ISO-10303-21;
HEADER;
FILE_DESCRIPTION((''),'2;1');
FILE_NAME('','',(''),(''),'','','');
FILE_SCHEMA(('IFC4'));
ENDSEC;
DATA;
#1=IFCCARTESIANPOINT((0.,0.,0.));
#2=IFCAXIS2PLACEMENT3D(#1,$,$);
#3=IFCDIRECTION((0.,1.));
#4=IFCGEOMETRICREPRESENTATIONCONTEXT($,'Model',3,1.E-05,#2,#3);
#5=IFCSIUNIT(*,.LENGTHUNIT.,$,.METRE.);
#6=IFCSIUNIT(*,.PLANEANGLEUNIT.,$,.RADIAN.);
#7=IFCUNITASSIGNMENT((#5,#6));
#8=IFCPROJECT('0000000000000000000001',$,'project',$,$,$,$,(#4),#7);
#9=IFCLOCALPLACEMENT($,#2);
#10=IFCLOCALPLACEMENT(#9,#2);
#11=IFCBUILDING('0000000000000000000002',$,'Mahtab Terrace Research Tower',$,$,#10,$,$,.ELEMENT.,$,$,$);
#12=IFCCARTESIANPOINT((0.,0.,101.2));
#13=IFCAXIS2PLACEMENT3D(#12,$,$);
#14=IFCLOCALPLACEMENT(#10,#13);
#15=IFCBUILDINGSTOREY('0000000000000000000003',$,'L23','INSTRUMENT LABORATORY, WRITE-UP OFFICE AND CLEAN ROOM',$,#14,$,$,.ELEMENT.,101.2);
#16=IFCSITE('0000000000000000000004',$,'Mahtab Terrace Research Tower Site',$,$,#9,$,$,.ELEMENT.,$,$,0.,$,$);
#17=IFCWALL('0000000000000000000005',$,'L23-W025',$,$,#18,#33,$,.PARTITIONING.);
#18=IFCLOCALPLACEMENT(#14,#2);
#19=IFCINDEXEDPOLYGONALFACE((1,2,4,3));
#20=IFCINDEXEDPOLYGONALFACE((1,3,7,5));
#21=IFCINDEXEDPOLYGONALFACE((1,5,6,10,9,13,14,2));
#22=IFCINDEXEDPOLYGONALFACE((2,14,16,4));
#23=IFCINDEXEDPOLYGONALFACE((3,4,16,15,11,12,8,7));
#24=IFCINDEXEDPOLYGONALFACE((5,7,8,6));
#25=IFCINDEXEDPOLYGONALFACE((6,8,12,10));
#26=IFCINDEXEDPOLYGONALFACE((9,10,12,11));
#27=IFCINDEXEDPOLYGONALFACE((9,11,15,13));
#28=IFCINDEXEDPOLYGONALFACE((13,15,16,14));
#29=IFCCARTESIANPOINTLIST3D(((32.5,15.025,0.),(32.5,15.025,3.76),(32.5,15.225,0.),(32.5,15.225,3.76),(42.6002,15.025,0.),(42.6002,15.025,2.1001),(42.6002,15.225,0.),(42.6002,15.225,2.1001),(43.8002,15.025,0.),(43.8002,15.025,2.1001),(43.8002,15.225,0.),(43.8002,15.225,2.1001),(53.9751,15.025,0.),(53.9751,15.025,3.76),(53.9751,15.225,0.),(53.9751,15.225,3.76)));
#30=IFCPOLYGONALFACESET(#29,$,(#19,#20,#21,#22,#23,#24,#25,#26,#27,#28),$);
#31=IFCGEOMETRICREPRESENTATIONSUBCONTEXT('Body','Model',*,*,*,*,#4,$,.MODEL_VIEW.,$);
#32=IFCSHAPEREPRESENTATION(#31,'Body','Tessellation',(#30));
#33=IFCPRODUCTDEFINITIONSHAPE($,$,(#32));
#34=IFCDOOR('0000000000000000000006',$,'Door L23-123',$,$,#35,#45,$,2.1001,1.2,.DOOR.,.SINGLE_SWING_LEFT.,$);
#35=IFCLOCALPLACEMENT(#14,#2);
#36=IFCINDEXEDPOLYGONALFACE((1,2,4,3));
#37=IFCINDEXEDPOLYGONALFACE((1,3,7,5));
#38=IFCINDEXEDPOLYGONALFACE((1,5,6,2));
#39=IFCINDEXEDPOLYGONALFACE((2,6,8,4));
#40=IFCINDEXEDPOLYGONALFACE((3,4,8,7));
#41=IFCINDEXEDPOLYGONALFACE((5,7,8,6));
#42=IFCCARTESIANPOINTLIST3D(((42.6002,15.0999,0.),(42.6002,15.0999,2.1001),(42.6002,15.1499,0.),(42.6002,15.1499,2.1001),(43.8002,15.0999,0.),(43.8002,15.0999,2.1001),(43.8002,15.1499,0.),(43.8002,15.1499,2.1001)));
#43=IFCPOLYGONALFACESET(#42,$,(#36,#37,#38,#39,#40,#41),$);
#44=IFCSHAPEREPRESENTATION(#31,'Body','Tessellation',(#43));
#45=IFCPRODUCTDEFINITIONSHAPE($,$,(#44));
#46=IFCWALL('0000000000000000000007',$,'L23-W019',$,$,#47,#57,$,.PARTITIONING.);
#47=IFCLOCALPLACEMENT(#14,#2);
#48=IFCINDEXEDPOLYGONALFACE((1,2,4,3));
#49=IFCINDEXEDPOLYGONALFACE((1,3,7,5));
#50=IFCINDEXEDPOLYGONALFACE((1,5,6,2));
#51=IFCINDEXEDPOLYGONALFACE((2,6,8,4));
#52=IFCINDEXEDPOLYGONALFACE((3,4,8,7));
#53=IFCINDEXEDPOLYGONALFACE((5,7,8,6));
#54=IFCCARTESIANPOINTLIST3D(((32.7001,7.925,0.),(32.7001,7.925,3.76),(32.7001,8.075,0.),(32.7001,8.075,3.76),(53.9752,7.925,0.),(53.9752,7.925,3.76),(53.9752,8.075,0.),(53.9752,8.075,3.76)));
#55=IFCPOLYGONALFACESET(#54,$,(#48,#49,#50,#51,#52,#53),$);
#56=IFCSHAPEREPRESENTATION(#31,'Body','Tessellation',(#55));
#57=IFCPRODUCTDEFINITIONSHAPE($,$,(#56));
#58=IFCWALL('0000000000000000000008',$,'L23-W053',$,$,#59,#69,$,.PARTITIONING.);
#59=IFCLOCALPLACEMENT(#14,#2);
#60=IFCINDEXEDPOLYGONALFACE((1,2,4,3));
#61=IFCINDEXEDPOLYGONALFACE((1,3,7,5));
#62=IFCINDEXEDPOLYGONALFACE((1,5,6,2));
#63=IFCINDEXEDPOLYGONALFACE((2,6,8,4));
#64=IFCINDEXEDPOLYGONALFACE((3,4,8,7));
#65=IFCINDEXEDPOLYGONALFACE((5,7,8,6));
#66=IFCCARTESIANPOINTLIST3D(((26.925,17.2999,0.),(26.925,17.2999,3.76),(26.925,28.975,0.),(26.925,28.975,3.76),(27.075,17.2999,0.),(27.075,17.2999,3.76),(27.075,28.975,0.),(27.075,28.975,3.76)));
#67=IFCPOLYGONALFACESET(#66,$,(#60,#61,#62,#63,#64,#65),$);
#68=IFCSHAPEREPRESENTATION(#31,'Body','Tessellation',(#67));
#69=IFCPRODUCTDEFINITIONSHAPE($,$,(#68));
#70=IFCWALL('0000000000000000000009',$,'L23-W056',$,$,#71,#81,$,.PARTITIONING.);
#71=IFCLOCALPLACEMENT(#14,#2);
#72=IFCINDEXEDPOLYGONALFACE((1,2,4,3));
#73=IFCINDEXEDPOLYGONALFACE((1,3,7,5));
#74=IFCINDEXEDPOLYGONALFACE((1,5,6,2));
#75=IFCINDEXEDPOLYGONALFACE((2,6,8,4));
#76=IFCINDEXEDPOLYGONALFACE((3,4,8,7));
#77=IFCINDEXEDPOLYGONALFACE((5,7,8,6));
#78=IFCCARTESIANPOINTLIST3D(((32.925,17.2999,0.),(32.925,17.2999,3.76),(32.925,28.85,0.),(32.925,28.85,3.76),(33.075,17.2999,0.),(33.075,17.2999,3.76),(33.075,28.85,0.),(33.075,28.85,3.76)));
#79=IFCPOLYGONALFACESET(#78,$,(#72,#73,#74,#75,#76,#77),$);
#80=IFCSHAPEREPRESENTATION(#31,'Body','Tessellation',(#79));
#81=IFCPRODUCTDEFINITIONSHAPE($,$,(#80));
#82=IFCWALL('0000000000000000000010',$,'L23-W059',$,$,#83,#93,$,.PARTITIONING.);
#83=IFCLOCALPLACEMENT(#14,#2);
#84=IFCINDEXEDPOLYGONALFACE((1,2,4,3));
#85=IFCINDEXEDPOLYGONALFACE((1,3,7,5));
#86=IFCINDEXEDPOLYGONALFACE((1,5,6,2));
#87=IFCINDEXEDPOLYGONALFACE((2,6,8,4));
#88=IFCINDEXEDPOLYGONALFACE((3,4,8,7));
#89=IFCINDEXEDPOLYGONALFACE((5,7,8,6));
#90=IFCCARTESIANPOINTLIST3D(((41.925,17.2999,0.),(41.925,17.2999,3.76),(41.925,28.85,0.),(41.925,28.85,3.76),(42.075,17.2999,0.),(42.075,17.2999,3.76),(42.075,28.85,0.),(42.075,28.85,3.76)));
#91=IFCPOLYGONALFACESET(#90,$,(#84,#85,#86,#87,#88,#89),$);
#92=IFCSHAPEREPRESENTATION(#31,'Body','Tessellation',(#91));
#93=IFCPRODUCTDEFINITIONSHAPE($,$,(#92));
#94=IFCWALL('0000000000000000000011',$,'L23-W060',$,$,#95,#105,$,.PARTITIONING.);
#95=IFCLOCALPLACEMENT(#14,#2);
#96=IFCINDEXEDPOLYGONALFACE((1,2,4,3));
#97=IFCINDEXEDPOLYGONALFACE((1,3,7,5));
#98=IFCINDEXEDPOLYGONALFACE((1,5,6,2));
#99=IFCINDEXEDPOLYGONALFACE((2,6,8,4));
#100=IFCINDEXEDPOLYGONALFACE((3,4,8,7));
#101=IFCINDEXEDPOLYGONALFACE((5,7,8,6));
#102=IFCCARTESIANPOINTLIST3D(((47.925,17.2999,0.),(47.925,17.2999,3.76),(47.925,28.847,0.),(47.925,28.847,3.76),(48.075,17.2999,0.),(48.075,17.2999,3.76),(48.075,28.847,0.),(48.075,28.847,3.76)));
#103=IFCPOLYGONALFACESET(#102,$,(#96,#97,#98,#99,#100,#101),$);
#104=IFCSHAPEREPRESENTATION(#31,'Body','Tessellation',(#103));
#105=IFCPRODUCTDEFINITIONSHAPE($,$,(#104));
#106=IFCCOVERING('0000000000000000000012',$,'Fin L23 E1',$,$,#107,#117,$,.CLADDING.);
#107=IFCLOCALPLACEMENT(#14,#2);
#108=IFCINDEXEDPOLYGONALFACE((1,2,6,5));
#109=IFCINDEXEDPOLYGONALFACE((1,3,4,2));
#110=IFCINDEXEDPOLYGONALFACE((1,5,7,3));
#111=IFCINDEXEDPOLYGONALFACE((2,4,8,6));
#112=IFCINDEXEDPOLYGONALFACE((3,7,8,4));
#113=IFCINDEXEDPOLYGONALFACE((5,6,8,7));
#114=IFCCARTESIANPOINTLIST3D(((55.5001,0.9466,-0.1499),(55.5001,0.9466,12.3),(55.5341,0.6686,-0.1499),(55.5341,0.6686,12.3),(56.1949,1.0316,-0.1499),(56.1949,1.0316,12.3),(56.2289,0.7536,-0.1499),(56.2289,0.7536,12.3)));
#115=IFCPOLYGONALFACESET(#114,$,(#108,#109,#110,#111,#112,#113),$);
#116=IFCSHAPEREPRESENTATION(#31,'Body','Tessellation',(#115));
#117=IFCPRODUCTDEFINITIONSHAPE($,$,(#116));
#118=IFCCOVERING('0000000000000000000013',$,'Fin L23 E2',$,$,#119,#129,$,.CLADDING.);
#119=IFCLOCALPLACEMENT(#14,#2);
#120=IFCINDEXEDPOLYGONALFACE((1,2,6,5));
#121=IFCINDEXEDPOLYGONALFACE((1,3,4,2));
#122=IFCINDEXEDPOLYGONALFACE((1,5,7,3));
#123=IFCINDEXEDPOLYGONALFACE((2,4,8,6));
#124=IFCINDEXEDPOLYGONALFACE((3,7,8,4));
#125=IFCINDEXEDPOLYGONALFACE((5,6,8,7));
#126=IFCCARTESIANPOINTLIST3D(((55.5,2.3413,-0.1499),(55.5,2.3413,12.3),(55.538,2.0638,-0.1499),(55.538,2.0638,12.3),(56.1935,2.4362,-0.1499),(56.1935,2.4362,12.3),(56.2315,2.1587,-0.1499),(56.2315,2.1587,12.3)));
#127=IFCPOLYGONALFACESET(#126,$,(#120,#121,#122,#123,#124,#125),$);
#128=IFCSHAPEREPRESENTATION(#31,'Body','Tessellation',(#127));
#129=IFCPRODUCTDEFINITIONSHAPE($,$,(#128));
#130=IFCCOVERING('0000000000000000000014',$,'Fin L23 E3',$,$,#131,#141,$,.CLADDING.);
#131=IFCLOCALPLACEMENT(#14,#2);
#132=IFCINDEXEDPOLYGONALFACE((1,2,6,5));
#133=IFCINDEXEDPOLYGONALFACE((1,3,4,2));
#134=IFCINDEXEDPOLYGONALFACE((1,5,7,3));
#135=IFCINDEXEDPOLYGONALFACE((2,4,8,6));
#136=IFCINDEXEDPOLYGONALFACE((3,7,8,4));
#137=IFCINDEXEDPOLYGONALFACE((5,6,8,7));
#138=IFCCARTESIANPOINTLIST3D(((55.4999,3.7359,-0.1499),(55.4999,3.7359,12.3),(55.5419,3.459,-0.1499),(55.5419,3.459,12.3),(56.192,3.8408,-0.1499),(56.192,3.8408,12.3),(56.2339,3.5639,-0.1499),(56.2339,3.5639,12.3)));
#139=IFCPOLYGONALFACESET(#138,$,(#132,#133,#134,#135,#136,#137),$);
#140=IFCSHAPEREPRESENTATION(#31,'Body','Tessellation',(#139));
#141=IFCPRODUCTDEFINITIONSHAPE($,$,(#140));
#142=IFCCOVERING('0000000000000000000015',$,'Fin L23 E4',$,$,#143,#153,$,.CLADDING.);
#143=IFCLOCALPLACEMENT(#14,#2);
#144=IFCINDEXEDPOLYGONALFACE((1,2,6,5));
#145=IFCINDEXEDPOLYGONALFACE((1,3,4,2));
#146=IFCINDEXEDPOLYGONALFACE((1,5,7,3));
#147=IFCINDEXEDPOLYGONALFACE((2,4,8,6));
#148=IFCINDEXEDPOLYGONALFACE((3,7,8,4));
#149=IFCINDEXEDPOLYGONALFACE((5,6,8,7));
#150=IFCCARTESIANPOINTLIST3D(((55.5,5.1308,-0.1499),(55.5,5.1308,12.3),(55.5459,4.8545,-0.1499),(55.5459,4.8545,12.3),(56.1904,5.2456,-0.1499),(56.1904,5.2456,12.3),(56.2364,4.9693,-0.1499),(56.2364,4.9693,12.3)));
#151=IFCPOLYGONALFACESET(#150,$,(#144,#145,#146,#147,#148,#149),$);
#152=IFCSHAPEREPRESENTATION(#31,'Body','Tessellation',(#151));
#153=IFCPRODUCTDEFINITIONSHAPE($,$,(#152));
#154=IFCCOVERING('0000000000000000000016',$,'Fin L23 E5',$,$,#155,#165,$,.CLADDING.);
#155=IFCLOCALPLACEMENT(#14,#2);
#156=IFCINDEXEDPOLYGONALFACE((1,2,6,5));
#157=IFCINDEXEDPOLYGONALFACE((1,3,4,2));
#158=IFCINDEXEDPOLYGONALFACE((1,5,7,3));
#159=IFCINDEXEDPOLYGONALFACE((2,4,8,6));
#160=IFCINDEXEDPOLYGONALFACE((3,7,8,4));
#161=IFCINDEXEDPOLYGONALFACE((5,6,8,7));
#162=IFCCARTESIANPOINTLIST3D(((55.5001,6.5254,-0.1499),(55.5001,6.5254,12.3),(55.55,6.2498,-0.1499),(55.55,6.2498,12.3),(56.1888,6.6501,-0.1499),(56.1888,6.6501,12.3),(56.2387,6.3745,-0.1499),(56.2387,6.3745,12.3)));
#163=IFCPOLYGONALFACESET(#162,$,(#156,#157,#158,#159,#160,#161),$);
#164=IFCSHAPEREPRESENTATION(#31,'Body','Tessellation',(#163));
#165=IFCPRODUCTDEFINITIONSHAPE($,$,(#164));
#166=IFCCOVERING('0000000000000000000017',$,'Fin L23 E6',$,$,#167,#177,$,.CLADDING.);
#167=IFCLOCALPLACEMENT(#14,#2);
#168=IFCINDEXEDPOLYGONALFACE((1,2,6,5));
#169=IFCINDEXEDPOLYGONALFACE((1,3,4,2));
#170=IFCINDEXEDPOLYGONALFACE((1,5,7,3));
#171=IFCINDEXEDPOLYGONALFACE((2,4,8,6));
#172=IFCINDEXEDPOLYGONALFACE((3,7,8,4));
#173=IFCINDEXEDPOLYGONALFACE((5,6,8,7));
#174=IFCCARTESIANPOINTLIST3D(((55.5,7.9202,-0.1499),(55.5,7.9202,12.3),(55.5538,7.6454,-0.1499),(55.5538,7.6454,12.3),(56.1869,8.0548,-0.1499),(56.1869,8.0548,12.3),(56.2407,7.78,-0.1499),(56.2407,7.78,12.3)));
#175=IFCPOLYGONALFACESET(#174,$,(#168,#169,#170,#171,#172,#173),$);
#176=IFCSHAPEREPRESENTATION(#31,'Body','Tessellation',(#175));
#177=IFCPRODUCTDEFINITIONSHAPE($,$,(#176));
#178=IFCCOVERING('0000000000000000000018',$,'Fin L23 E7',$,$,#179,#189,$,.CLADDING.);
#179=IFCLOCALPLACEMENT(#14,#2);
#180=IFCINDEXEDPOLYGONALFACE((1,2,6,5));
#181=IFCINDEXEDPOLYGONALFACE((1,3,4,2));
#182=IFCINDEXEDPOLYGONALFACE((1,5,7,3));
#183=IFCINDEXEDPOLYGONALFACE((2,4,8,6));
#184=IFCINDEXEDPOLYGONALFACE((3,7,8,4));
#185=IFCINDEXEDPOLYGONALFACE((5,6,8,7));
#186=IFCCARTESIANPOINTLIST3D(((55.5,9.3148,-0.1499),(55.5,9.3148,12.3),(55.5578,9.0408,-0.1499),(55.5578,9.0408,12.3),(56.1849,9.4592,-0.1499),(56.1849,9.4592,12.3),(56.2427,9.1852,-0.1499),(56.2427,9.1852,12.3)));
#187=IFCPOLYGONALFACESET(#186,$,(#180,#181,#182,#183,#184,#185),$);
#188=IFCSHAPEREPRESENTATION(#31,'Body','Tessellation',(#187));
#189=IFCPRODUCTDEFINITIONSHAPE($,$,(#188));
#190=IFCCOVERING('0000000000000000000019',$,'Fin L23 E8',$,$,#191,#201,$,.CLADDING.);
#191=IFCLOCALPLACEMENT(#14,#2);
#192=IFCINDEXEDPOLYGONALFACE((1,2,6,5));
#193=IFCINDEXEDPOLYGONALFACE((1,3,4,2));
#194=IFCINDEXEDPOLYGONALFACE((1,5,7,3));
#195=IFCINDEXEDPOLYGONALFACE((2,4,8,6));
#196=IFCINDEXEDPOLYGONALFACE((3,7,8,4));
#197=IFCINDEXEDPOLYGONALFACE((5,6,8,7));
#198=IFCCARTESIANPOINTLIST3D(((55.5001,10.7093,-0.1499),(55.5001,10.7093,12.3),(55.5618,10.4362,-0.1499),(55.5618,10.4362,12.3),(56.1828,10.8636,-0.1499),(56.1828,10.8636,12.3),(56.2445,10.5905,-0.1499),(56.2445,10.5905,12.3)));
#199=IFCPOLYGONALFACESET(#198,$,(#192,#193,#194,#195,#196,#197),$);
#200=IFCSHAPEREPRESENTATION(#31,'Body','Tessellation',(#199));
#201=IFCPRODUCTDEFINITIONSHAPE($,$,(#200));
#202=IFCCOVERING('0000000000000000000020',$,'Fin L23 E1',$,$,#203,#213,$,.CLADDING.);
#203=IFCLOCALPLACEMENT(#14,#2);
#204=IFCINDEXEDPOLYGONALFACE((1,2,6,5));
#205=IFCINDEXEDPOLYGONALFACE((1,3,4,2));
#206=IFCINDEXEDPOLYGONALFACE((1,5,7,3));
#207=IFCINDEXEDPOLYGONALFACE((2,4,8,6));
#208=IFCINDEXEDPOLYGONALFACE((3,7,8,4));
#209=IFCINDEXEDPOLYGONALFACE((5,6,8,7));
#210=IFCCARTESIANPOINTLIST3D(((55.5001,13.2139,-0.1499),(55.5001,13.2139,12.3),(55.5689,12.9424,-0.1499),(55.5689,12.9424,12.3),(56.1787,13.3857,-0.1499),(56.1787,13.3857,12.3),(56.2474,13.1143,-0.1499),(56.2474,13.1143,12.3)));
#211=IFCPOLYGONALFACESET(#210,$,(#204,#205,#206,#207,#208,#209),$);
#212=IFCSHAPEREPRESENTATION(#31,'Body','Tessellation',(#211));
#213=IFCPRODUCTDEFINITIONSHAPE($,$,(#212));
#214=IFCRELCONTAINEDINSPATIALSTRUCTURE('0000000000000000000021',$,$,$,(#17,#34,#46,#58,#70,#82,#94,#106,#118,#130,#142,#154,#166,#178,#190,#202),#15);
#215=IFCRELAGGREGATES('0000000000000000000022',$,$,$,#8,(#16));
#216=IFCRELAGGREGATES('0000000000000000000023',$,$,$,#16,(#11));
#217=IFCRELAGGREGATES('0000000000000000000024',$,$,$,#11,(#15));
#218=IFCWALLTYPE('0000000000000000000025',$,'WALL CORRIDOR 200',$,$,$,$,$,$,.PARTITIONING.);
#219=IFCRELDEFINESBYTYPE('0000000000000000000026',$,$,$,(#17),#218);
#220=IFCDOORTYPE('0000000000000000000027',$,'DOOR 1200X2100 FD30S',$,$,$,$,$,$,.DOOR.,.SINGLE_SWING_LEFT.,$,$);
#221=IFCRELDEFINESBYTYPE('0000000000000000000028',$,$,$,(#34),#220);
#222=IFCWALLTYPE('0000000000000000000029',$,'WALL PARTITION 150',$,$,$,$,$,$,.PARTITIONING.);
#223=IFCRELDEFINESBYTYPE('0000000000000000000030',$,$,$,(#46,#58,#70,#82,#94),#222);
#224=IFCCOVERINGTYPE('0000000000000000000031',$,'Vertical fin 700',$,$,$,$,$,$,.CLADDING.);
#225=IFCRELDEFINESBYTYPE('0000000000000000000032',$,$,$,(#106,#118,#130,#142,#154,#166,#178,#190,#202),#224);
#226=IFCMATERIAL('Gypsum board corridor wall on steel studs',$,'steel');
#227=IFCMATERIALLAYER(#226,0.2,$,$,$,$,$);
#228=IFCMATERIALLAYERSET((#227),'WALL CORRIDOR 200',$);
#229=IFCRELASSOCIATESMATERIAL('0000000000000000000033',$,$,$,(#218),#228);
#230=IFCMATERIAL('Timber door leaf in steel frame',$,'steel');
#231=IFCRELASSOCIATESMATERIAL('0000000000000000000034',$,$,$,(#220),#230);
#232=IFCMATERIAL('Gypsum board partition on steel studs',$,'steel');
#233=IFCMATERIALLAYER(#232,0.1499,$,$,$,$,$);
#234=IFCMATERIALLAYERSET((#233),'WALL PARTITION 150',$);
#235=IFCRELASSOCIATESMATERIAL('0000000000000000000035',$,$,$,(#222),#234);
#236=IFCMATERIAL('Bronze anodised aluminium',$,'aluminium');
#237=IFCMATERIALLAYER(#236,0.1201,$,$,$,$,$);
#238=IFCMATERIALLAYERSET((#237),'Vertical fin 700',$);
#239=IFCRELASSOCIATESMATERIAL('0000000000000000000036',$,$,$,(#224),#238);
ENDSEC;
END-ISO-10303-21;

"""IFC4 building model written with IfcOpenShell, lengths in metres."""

from ifc_helpers import new_model, si_unit, direction, frame, frame_2d, origin, origin_2d, place, context, subcontext, project, spatial, rectangle, extrude, material, layer, layer_set, type_object, element, fill, save


model = new_model("IFC4")

# Units and contexts
model_context = context("Model", 3, precision=1e-05, world=origin(), true_north=direction((0.0, 1.0)))
body_context = subcontext(model_context, "Body", "Model", "MODEL_VIEW")
ifc_project = project(units=[si_unit("LENGTHUNIT", "METRE"), si_unit("PLANEANGLEUNIT", "RADIAN")], contexts=[model_context])

# Site, building, storey
site_placement = place(None, origin())
site = spatial("IfcSite", under=ifc_project, at=site_placement, Name="Mahtab Terrace Research Tower Site", CompositionType="ELEMENT", RefElevation=0.0)
building_placement = place(site_placement, origin())
building = spatial("IfcBuilding", under=site, at=building_placement, Name="Mahtab Terrace Research Tower", CompositionType="ELEMENT")
storey_placement = place(building_placement, frame((0.0, 0.0, 101.2)))
storey = spatial("IfcBuildingStorey", under=building, at=storey_placement, Name="L23", Description="INSTRUMENT LABORATORY, WRITE-UP OFFICE AND CLEAN ROOM", CompositionType="ELEMENT", Elevation=101.2)

# Wall, opening, door
ifc_material_1 = material(Name="Gypsum board corridor wall on steel studs", Category="steel")
ifc_layer_1 = layer(ifc_material_1, 0.2)
ifc_layer_set_1 = layer_set([ifc_layer_1], Name="WALL CORRIDOR 200")
wall_type_1 = type_object("IfcWallType", Name="WALL CORRIDOR 200", PredefinedType="PARTITIONING", material=ifc_layer_set_1)
wall_1_placement = place(storey_placement, frame((32.5, 15.125, 0.0), z_axis=(0.0, 0.0, 1.0), x_axis=(1.0, 0.0, 0.0)))
wall_1 = element("IfcWall", 1, at=wall_1_placement, inside=storey, type_object=wall_type_1, Name="L23-W025", PredefinedType="PARTITIONING", context=body_context, shape_type="SweptSolid", body=[
    extrude(rectangle(XDim=21.4751, YDim=0.2, at=frame_2d((10.7375, 0.0))), origin(), (0.0, 0.0, 1.0), 3.76),
])
opening_placement = place(wall_1_placement, frame((10.1001, 0.0, 0.0)))
opening = element("IfcOpeningElement", 2, at=opening_placement, cuts=wall_1, PredefinedType="OPENING", context=body_context, shape_type="SweptSolid", body=[
    extrude(rectangle(XDim=1.2, YDim=2.1001, at=frame_2d((0.6001, 1.05))), frame((0.0, 0.1099, 0.0), z_axis=(0.0, -1.0, 0.0), x_axis=(1.0, 0.0, 0.0)), (0.0, 0.0, 1.0), 0.22),
])
ifc_material_2 = material(Name="Timber door leaf in steel frame", Category="steel")
door_type = type_object("IfcDoorType", Name="DOOR 1200X2100 FD30S", OperationType="SINGLE_SWING_LEFT", PredefinedType="DOOR", material=ifc_material_2)
door_placement = place(opening_placement, origin())
door = element("IfcDoor", 3, at=door_placement, inside=storey, type_object=door_type, Name="Door L23-123", OperationType="SINGLE_SWING_LEFT", OverallHeight=2.1001, OverallWidth=1.2, PredefinedType="DOOR", context=body_context, shape_type="SweptSolid", body=[
    extrude(rectangle(XDim=1.2, YDim=2.1001, at=frame_2d((0.6001, 1.05))), frame((0.0, 0.0249, 0.0), z_axis=(0.0, -1.0, 0.0), x_axis=(1.0, 0.0, 0.0)), (0.0, 0.0, 1.0), 0.05),
])
fill(opening, door)

# Walls
ifc_material_3 = material(Name="Gypsum board partition on steel studs", Category="steel")
ifc_layer_2 = layer(ifc_material_3, 0.1499)
ifc_layer_set_2 = layer_set([ifc_layer_2], Name="WALL PARTITION 150")
wall_type_2 = type_object("IfcWallType", Name="WALL PARTITION 150", PredefinedType="PARTITIONING", material=ifc_layer_set_2)
wall_2_placement = place(storey_placement, frame((32.7, 8.0, 0.0), z_axis=(0.0, 0.0, 1.0), x_axis=(1.0, 0.0, 0.0)))
element("IfcWall", 4, at=wall_2_placement, inside=storey, type_object=wall_type_2, Name="L23-W019", PredefinedType="PARTITIONING", context=body_context, shape_type="SweptSolid", body=[
    extrude(rectangle(XDim=21.2751, YDim=0.1499, at=frame_2d((10.6377, 0.0))), origin(), (0.0, 0.0, 1.0), 3.76),
])
wall_3_placement = place(storey_placement, frame((27.0, 17.3, 0.0), z_axis=(0.0, 0.0, 1.0), x_axis=(0.0, 1.0, 0.0)))
element("IfcWall", 5, at=wall_3_placement, inside=storey, type_object=wall_type_2, Name="L23-W053", PredefinedType="PARTITIONING", context=body_context, shape_type="SweptSolid", body=[
    extrude(rectangle(XDim=11.675, YDim=0.1499, at=frame_2d((5.8374, 0.0))), origin(), (0.0, 0.0, 1.0), 3.76),
])
for number, where, z_axis, x_axis, name in (
    (6, (33.0, 17.3, 0.0), (0.0, 0.0, 1.0), (0.0, 1.0, 0.0), "L23-W056"),
    (7, (42.0, 17.3, 0.0), (0.0, 0.0, 1.0), (0.0, 1.0, 0.0), "L23-W059"),
):
    element("IfcWall", number, at=place(storey_placement, frame(where, z_axis=z_axis, x_axis=x_axis)), inside=storey, type_object=wall_type_2, Name=name, PredefinedType="PARTITIONING", context=body_context, shape_type="SweptSolid", body=[
        extrude(rectangle(XDim=11.55, YDim=0.1499, at=frame_2d((5.7749, 0.0))), origin(), (0.0, 0.0, 1.0), 3.76),
    ])
wall_4_placement = place(storey_placement, frame((48.0, 17.3, 0.0), z_axis=(0.0, 0.0, 1.0), x_axis=(0.0, 1.0, 0.0)))
element("IfcWall", 8, at=wall_4_placement, inside=storey, type_object=wall_type_2, Name="L23-W060", PredefinedType="PARTITIONING", context=body_context, shape_type="SweptSolid", body=[
    extrude(rectangle(XDim=11.5471, YDim=0.1499, at=frame_2d((5.7734, 0.0))), origin(), (0.0, 0.0, 1.0), 3.76),
])

# Coverings
ifc_material_4 = material(Name="Bronze anodised aluminium", Category="aluminium")
ifc_layer_3 = layer(ifc_material_4, 0.1201)
ifc_layer_set_3 = layer_set([ifc_layer_3], Name="Vertical fin 700")
covering_type = type_object("IfcCoveringType", Name="Vertical fin 700", PredefinedType="CLADDING", material=ifc_layer_set_3)
for number, where, z_axis, x_axis, name in (
    (9, (55.8645, 0.8501, -0.1499), (0.0, 0.0, 1.0), (-0.12136, 0.992609, 0.0), "Fin L23 E1"),
    (10, (55.8657, 2.25, -0.1499), (0.0, 0.0, 1.0), (-0.135614, 0.990762, 0.0), "Fin L23 E2"),
    (11, (55.8669, 3.6499, -0.1499), (0.0, 0.0, 1.0), (-0.14984, 0.98871, 0.0), "Fin L23 E3"),
    (12, (55.8682, 5.05, -0.1499), (0.0, 0.0, 1.0), (-0.164035, 0.986455, 0.0), "Fin L23 E4"),
    (13, (55.8694, 6.45, -0.1499), (0.0, 0.0, 1.0), (-0.178196, 0.983995, 0.0), "Fin L23 E5"),
    (14, (55.8704, 7.8501, -0.1499), (0.0, 0.0, 1.0), (-0.19232, 0.981332, 0.0), "Fin L23 E6"),
    (15, (55.8713, 9.25, -0.1499), (0.0, 0.0, 1.0), (-0.206405, 0.978467, 0.0), "Fin L23 E7"),
    (16, (55.8723, 10.6499, -0.1499), (0.0, 0.0, 1.0), (-0.220447, 0.975399, 0.0), "Fin L23 E8"),
    (17, (55.8738, 13.1641, -0.1499), (0.0, 0.0, 1.0), (-0.245546, 0.969385, 0.0), "Fin L23 E1"),
):
    element("IfcCovering", number, at=place(storey_placement, frame(where, z_axis=z_axis, x_axis=x_axis)), inside=storey, type_object=covering_type, Name=name, PredefinedType="CLADDING", context=body_context, shape_type="SweptSolid", body=[
        extrude(rectangle(XDim=0.28, YDim=0.7, at=origin_2d()), origin(), (0.0, 0.0, 1.0), 12.45),
    ])

save(model, "model.ifc")
